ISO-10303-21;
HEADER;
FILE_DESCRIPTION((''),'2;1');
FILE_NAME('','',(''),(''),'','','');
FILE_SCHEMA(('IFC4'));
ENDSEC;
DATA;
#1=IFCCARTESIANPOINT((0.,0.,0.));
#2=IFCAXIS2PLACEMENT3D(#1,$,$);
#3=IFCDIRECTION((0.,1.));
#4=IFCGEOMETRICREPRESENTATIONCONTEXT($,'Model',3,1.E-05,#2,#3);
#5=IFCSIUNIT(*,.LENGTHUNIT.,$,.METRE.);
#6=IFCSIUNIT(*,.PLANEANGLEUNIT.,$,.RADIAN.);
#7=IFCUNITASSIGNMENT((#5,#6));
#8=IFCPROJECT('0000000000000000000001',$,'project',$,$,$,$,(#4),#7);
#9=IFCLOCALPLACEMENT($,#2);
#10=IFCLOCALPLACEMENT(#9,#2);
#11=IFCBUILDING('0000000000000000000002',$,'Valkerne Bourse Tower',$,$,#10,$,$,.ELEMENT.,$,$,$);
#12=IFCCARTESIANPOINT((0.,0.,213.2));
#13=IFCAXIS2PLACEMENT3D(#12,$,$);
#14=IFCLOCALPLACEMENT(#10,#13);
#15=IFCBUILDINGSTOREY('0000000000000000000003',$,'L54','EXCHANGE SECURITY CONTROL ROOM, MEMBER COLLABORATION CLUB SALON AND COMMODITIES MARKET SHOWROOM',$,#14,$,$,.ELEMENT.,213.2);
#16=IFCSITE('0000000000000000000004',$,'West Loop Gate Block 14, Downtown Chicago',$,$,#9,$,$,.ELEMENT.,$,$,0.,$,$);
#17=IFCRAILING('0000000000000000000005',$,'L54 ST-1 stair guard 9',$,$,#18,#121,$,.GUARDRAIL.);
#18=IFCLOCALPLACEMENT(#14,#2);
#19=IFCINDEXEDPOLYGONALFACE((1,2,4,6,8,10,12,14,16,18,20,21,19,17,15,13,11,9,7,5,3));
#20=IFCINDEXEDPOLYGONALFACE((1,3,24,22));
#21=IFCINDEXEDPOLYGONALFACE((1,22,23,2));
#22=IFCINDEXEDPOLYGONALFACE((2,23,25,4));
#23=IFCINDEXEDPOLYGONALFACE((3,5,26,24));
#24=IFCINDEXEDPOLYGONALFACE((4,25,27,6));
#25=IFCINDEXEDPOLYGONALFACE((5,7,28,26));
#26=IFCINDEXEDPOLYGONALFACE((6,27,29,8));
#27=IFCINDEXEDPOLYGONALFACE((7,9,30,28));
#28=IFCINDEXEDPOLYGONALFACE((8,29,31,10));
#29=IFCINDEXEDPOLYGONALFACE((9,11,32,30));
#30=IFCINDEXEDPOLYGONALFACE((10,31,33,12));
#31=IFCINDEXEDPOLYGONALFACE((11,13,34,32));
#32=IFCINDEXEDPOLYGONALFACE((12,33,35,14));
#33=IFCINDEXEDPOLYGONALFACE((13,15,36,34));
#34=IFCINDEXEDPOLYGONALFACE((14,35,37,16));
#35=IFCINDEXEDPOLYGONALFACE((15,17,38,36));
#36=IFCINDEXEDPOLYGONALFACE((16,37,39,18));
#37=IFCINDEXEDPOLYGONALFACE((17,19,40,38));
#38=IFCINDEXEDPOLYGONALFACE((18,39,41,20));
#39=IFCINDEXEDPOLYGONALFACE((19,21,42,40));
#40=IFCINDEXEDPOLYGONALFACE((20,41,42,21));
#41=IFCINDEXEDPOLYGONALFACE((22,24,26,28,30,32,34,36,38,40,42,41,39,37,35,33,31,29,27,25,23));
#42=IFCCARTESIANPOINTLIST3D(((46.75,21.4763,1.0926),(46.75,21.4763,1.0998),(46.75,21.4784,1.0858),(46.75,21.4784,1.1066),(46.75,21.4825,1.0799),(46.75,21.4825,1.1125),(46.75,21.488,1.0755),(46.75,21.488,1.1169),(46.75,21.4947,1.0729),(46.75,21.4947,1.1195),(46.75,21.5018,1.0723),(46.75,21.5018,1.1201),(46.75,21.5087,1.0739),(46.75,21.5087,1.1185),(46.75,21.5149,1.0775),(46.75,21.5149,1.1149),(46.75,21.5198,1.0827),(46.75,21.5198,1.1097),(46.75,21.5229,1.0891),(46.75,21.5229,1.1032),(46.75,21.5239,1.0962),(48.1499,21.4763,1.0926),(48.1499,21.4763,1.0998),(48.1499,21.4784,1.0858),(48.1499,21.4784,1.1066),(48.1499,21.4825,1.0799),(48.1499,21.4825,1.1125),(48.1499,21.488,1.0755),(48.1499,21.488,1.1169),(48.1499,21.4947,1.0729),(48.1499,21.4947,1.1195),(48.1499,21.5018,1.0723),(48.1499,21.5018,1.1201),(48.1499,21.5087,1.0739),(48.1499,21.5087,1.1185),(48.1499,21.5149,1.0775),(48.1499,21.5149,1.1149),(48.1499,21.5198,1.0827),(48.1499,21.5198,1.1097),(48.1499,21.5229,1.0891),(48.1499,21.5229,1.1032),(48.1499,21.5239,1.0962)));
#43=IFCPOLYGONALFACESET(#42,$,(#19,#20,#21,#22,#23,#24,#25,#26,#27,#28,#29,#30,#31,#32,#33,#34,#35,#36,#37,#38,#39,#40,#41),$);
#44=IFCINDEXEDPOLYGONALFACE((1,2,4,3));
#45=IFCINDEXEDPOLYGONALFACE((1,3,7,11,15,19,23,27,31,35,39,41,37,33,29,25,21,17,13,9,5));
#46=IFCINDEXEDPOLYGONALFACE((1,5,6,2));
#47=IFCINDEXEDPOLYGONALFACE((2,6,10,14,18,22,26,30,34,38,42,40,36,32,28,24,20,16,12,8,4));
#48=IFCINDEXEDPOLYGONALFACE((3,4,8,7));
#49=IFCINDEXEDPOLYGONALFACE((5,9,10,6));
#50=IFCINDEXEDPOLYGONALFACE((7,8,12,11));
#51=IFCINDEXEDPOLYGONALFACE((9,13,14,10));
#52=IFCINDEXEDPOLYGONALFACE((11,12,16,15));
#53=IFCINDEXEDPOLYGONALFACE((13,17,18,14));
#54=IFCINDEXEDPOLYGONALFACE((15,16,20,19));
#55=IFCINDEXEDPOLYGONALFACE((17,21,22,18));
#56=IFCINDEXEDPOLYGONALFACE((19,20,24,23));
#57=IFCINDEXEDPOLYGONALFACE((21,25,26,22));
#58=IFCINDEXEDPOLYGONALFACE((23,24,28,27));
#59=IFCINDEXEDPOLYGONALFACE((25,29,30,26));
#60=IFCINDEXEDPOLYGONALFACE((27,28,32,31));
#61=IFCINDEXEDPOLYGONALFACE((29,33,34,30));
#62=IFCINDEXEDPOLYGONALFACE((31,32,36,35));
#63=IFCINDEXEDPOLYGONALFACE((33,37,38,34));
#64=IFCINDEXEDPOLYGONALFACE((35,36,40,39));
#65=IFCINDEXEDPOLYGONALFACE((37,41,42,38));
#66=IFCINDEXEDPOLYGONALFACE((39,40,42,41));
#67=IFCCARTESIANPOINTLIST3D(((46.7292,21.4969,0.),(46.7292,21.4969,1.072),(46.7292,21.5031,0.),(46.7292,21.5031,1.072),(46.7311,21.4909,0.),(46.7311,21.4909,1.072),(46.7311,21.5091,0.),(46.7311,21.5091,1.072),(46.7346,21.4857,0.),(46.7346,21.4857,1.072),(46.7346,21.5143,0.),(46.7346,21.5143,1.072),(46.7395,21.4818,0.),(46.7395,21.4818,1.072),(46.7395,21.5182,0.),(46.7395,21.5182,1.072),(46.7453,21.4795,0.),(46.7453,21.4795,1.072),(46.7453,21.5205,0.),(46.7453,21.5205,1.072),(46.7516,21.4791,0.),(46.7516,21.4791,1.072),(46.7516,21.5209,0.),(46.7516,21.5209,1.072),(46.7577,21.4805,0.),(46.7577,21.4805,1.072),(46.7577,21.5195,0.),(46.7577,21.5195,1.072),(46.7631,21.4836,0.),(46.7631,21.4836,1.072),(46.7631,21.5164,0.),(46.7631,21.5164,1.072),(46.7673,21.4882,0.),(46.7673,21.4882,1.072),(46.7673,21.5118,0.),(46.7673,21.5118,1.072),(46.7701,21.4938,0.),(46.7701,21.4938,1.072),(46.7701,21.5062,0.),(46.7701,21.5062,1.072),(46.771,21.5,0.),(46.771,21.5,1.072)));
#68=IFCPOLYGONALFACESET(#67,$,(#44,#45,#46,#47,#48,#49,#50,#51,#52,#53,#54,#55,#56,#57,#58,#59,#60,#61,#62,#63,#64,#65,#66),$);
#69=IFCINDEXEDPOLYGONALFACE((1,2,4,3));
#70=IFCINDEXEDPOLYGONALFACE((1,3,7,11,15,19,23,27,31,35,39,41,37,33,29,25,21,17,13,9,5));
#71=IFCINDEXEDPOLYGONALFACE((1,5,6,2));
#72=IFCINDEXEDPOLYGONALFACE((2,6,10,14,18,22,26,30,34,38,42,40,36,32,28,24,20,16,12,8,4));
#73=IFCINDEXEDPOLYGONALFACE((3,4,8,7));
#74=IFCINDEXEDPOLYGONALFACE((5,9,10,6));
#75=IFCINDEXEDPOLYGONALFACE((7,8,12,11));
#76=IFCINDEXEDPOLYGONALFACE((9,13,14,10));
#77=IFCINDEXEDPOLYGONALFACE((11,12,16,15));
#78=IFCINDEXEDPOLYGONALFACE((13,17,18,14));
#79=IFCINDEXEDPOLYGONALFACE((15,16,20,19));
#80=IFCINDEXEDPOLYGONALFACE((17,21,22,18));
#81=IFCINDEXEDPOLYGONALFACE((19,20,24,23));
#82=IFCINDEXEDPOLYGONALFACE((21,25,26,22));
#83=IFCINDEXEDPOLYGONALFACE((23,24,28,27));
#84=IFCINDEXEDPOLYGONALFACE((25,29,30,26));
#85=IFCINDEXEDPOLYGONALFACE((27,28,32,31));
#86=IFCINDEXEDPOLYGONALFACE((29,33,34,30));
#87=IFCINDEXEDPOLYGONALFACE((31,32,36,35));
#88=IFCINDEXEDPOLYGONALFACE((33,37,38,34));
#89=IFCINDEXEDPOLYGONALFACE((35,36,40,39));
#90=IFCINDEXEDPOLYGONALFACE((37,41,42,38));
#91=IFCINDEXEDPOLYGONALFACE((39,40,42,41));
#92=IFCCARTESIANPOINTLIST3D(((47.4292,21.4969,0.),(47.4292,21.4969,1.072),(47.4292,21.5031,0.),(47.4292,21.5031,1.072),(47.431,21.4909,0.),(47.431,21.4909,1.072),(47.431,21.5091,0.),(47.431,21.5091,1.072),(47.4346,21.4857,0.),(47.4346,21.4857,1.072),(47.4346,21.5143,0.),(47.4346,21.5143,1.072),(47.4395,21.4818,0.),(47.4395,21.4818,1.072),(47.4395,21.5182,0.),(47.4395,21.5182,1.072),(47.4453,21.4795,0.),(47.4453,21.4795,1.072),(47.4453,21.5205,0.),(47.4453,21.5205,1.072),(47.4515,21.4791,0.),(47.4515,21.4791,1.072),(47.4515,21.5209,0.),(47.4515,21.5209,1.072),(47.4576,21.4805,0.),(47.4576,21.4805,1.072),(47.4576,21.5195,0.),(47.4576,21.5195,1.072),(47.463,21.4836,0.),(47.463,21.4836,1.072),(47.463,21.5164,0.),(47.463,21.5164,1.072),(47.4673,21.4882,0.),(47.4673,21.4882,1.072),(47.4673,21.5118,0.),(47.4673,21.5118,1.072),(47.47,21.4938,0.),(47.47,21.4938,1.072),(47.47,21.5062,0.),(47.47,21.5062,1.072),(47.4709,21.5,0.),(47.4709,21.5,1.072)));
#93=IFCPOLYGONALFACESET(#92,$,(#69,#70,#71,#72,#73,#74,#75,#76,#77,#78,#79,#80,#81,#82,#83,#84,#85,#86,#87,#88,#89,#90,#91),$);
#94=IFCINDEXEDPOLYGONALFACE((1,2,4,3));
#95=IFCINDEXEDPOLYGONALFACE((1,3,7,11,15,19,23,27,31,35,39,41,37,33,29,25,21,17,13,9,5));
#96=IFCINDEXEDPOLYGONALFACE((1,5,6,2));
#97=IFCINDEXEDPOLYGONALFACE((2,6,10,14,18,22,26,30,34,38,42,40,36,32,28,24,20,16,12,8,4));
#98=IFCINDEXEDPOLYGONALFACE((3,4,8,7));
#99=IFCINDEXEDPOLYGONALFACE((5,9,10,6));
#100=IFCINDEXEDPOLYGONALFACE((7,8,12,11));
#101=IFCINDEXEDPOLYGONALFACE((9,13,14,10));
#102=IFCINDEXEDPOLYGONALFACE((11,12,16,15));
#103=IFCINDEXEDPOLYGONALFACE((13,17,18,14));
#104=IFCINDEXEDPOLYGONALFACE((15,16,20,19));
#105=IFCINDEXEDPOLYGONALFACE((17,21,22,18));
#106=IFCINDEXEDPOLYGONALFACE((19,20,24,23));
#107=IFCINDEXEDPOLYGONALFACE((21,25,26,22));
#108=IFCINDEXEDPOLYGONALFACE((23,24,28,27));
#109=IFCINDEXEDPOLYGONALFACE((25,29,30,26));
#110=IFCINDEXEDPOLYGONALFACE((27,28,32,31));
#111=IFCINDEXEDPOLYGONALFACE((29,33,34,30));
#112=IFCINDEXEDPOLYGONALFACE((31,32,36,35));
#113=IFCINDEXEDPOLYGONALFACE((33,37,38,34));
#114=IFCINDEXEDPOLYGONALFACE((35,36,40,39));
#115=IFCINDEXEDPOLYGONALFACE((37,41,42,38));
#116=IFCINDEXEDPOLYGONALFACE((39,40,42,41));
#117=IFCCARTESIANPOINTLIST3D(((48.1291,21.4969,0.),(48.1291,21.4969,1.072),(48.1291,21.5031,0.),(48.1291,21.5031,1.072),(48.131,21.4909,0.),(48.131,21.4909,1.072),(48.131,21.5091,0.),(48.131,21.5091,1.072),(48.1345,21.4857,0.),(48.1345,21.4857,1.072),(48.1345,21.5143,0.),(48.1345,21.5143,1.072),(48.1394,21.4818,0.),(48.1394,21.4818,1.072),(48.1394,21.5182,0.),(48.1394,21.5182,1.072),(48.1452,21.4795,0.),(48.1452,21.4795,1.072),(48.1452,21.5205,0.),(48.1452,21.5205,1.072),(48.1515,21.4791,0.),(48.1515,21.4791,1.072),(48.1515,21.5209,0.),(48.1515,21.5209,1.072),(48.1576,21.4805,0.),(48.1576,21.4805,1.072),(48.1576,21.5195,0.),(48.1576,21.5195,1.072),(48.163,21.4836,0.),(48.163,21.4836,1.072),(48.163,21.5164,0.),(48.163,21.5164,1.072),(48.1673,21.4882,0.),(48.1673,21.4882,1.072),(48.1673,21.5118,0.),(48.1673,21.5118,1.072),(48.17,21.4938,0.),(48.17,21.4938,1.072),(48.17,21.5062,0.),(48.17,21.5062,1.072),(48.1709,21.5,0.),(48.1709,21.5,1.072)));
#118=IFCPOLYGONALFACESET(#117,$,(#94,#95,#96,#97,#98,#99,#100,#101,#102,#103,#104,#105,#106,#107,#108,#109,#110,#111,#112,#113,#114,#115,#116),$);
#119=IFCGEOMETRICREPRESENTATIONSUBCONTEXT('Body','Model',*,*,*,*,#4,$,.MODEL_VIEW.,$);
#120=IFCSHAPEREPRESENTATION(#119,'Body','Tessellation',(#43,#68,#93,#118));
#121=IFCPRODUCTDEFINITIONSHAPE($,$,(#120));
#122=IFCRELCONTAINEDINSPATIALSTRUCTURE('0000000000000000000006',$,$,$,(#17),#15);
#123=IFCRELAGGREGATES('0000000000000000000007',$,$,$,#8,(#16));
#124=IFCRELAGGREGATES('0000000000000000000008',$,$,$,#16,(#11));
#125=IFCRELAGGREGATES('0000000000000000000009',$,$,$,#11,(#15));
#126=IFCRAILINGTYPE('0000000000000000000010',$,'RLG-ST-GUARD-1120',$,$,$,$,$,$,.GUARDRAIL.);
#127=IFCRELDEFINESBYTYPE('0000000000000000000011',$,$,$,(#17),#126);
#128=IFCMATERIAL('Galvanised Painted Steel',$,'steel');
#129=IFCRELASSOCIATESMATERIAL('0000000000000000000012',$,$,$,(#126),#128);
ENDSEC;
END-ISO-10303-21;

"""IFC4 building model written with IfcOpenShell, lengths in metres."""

from ifc_helpers import new_model, si_unit, direction, frame, origin, origin_2d, place, context, subcontext, project, spatial, circle, extrude, material, type_object, element, save


model = new_model("IFC4")

# Units and contexts
model_context = context("Model", 3, precision=1e-05, world=origin(), true_north=direction((0.0, 1.0)))
body_context = subcontext(model_context, "Body", "Model", "MODEL_VIEW")
ifc_project = project(units=[si_unit("LENGTHUNIT", "METRE"), si_unit("PLANEANGLEUNIT", "RADIAN")], contexts=[model_context])

# Site, building, storey
site_placement = place(None, origin())
site = spatial("IfcSite", under=ifc_project, at=site_placement, Name="West Loop Gate Block 14, Downtown Chicago", CompositionType="ELEMENT", RefElevation=0.0)
building_placement = place(site_placement, origin())
building = spatial("IfcBuilding", under=site, at=building_placement, Name="Valkerne Bourse Tower", CompositionType="ELEMENT")
storey_placement = place(building_placement, frame((0.0, 0.0, 213.2)))
storey = spatial("IfcBuildingStorey", under=building, at=storey_placement, Name="L54", Description="EXCHANGE SECURITY CONTROL ROOM, MEMBER COLLABORATION CLUB SALON AND COMMODITIES MARKET SHOWROOM", CompositionType="ELEMENT", Elevation=213.2)

# Shared definitions
ifc_material_1 = material(Name="Galvanised Painted Steel", Category="steel")

# Railing
railing_type_1 = type_object("IfcRailingType", Name="RLG-ST-GUARD-1120", PredefinedType="GUARDRAIL", material=ifc_material_1)
for number, where, name in (
    (1, (46.75, 21.5, 0.0), "L54 ST-1 stair guard 9"),
):
    element("IfcRailing", number, at=place(storey_placement, frame(where)), inside=storey, type_object=railing_type_1, Name=name, PredefinedType="GUARDRAIL", context=body_context, shape_type="SweptSolid", body=[
        extrude(circle(Radius=0.0239, at=origin_2d()), frame((0.0, 0.0, 1.0962), z_axis=(1.0, 0.0, 0.0), x_axis=(0.0, 1.0, 0.0)), (0.0, 0.0, 1.0), 1.3999),
        extrude(circle(Radius=0.021, at=origin_2d()), origin(), (0.0, 0.0, 1.0), 1.072),
        extrude(circle(Radius=0.021, at=origin_2d()), frame((0.7, 0.0, 0.0)), (0.0, 0.0, 1.0), 1.072),
        extrude(circle(Radius=0.021, at=origin_2d()), frame((1.3999, 0.0, 0.0)), (0.0, 0.0, 1.0), 1.072),
    ])

save(model, "model.ifc")
